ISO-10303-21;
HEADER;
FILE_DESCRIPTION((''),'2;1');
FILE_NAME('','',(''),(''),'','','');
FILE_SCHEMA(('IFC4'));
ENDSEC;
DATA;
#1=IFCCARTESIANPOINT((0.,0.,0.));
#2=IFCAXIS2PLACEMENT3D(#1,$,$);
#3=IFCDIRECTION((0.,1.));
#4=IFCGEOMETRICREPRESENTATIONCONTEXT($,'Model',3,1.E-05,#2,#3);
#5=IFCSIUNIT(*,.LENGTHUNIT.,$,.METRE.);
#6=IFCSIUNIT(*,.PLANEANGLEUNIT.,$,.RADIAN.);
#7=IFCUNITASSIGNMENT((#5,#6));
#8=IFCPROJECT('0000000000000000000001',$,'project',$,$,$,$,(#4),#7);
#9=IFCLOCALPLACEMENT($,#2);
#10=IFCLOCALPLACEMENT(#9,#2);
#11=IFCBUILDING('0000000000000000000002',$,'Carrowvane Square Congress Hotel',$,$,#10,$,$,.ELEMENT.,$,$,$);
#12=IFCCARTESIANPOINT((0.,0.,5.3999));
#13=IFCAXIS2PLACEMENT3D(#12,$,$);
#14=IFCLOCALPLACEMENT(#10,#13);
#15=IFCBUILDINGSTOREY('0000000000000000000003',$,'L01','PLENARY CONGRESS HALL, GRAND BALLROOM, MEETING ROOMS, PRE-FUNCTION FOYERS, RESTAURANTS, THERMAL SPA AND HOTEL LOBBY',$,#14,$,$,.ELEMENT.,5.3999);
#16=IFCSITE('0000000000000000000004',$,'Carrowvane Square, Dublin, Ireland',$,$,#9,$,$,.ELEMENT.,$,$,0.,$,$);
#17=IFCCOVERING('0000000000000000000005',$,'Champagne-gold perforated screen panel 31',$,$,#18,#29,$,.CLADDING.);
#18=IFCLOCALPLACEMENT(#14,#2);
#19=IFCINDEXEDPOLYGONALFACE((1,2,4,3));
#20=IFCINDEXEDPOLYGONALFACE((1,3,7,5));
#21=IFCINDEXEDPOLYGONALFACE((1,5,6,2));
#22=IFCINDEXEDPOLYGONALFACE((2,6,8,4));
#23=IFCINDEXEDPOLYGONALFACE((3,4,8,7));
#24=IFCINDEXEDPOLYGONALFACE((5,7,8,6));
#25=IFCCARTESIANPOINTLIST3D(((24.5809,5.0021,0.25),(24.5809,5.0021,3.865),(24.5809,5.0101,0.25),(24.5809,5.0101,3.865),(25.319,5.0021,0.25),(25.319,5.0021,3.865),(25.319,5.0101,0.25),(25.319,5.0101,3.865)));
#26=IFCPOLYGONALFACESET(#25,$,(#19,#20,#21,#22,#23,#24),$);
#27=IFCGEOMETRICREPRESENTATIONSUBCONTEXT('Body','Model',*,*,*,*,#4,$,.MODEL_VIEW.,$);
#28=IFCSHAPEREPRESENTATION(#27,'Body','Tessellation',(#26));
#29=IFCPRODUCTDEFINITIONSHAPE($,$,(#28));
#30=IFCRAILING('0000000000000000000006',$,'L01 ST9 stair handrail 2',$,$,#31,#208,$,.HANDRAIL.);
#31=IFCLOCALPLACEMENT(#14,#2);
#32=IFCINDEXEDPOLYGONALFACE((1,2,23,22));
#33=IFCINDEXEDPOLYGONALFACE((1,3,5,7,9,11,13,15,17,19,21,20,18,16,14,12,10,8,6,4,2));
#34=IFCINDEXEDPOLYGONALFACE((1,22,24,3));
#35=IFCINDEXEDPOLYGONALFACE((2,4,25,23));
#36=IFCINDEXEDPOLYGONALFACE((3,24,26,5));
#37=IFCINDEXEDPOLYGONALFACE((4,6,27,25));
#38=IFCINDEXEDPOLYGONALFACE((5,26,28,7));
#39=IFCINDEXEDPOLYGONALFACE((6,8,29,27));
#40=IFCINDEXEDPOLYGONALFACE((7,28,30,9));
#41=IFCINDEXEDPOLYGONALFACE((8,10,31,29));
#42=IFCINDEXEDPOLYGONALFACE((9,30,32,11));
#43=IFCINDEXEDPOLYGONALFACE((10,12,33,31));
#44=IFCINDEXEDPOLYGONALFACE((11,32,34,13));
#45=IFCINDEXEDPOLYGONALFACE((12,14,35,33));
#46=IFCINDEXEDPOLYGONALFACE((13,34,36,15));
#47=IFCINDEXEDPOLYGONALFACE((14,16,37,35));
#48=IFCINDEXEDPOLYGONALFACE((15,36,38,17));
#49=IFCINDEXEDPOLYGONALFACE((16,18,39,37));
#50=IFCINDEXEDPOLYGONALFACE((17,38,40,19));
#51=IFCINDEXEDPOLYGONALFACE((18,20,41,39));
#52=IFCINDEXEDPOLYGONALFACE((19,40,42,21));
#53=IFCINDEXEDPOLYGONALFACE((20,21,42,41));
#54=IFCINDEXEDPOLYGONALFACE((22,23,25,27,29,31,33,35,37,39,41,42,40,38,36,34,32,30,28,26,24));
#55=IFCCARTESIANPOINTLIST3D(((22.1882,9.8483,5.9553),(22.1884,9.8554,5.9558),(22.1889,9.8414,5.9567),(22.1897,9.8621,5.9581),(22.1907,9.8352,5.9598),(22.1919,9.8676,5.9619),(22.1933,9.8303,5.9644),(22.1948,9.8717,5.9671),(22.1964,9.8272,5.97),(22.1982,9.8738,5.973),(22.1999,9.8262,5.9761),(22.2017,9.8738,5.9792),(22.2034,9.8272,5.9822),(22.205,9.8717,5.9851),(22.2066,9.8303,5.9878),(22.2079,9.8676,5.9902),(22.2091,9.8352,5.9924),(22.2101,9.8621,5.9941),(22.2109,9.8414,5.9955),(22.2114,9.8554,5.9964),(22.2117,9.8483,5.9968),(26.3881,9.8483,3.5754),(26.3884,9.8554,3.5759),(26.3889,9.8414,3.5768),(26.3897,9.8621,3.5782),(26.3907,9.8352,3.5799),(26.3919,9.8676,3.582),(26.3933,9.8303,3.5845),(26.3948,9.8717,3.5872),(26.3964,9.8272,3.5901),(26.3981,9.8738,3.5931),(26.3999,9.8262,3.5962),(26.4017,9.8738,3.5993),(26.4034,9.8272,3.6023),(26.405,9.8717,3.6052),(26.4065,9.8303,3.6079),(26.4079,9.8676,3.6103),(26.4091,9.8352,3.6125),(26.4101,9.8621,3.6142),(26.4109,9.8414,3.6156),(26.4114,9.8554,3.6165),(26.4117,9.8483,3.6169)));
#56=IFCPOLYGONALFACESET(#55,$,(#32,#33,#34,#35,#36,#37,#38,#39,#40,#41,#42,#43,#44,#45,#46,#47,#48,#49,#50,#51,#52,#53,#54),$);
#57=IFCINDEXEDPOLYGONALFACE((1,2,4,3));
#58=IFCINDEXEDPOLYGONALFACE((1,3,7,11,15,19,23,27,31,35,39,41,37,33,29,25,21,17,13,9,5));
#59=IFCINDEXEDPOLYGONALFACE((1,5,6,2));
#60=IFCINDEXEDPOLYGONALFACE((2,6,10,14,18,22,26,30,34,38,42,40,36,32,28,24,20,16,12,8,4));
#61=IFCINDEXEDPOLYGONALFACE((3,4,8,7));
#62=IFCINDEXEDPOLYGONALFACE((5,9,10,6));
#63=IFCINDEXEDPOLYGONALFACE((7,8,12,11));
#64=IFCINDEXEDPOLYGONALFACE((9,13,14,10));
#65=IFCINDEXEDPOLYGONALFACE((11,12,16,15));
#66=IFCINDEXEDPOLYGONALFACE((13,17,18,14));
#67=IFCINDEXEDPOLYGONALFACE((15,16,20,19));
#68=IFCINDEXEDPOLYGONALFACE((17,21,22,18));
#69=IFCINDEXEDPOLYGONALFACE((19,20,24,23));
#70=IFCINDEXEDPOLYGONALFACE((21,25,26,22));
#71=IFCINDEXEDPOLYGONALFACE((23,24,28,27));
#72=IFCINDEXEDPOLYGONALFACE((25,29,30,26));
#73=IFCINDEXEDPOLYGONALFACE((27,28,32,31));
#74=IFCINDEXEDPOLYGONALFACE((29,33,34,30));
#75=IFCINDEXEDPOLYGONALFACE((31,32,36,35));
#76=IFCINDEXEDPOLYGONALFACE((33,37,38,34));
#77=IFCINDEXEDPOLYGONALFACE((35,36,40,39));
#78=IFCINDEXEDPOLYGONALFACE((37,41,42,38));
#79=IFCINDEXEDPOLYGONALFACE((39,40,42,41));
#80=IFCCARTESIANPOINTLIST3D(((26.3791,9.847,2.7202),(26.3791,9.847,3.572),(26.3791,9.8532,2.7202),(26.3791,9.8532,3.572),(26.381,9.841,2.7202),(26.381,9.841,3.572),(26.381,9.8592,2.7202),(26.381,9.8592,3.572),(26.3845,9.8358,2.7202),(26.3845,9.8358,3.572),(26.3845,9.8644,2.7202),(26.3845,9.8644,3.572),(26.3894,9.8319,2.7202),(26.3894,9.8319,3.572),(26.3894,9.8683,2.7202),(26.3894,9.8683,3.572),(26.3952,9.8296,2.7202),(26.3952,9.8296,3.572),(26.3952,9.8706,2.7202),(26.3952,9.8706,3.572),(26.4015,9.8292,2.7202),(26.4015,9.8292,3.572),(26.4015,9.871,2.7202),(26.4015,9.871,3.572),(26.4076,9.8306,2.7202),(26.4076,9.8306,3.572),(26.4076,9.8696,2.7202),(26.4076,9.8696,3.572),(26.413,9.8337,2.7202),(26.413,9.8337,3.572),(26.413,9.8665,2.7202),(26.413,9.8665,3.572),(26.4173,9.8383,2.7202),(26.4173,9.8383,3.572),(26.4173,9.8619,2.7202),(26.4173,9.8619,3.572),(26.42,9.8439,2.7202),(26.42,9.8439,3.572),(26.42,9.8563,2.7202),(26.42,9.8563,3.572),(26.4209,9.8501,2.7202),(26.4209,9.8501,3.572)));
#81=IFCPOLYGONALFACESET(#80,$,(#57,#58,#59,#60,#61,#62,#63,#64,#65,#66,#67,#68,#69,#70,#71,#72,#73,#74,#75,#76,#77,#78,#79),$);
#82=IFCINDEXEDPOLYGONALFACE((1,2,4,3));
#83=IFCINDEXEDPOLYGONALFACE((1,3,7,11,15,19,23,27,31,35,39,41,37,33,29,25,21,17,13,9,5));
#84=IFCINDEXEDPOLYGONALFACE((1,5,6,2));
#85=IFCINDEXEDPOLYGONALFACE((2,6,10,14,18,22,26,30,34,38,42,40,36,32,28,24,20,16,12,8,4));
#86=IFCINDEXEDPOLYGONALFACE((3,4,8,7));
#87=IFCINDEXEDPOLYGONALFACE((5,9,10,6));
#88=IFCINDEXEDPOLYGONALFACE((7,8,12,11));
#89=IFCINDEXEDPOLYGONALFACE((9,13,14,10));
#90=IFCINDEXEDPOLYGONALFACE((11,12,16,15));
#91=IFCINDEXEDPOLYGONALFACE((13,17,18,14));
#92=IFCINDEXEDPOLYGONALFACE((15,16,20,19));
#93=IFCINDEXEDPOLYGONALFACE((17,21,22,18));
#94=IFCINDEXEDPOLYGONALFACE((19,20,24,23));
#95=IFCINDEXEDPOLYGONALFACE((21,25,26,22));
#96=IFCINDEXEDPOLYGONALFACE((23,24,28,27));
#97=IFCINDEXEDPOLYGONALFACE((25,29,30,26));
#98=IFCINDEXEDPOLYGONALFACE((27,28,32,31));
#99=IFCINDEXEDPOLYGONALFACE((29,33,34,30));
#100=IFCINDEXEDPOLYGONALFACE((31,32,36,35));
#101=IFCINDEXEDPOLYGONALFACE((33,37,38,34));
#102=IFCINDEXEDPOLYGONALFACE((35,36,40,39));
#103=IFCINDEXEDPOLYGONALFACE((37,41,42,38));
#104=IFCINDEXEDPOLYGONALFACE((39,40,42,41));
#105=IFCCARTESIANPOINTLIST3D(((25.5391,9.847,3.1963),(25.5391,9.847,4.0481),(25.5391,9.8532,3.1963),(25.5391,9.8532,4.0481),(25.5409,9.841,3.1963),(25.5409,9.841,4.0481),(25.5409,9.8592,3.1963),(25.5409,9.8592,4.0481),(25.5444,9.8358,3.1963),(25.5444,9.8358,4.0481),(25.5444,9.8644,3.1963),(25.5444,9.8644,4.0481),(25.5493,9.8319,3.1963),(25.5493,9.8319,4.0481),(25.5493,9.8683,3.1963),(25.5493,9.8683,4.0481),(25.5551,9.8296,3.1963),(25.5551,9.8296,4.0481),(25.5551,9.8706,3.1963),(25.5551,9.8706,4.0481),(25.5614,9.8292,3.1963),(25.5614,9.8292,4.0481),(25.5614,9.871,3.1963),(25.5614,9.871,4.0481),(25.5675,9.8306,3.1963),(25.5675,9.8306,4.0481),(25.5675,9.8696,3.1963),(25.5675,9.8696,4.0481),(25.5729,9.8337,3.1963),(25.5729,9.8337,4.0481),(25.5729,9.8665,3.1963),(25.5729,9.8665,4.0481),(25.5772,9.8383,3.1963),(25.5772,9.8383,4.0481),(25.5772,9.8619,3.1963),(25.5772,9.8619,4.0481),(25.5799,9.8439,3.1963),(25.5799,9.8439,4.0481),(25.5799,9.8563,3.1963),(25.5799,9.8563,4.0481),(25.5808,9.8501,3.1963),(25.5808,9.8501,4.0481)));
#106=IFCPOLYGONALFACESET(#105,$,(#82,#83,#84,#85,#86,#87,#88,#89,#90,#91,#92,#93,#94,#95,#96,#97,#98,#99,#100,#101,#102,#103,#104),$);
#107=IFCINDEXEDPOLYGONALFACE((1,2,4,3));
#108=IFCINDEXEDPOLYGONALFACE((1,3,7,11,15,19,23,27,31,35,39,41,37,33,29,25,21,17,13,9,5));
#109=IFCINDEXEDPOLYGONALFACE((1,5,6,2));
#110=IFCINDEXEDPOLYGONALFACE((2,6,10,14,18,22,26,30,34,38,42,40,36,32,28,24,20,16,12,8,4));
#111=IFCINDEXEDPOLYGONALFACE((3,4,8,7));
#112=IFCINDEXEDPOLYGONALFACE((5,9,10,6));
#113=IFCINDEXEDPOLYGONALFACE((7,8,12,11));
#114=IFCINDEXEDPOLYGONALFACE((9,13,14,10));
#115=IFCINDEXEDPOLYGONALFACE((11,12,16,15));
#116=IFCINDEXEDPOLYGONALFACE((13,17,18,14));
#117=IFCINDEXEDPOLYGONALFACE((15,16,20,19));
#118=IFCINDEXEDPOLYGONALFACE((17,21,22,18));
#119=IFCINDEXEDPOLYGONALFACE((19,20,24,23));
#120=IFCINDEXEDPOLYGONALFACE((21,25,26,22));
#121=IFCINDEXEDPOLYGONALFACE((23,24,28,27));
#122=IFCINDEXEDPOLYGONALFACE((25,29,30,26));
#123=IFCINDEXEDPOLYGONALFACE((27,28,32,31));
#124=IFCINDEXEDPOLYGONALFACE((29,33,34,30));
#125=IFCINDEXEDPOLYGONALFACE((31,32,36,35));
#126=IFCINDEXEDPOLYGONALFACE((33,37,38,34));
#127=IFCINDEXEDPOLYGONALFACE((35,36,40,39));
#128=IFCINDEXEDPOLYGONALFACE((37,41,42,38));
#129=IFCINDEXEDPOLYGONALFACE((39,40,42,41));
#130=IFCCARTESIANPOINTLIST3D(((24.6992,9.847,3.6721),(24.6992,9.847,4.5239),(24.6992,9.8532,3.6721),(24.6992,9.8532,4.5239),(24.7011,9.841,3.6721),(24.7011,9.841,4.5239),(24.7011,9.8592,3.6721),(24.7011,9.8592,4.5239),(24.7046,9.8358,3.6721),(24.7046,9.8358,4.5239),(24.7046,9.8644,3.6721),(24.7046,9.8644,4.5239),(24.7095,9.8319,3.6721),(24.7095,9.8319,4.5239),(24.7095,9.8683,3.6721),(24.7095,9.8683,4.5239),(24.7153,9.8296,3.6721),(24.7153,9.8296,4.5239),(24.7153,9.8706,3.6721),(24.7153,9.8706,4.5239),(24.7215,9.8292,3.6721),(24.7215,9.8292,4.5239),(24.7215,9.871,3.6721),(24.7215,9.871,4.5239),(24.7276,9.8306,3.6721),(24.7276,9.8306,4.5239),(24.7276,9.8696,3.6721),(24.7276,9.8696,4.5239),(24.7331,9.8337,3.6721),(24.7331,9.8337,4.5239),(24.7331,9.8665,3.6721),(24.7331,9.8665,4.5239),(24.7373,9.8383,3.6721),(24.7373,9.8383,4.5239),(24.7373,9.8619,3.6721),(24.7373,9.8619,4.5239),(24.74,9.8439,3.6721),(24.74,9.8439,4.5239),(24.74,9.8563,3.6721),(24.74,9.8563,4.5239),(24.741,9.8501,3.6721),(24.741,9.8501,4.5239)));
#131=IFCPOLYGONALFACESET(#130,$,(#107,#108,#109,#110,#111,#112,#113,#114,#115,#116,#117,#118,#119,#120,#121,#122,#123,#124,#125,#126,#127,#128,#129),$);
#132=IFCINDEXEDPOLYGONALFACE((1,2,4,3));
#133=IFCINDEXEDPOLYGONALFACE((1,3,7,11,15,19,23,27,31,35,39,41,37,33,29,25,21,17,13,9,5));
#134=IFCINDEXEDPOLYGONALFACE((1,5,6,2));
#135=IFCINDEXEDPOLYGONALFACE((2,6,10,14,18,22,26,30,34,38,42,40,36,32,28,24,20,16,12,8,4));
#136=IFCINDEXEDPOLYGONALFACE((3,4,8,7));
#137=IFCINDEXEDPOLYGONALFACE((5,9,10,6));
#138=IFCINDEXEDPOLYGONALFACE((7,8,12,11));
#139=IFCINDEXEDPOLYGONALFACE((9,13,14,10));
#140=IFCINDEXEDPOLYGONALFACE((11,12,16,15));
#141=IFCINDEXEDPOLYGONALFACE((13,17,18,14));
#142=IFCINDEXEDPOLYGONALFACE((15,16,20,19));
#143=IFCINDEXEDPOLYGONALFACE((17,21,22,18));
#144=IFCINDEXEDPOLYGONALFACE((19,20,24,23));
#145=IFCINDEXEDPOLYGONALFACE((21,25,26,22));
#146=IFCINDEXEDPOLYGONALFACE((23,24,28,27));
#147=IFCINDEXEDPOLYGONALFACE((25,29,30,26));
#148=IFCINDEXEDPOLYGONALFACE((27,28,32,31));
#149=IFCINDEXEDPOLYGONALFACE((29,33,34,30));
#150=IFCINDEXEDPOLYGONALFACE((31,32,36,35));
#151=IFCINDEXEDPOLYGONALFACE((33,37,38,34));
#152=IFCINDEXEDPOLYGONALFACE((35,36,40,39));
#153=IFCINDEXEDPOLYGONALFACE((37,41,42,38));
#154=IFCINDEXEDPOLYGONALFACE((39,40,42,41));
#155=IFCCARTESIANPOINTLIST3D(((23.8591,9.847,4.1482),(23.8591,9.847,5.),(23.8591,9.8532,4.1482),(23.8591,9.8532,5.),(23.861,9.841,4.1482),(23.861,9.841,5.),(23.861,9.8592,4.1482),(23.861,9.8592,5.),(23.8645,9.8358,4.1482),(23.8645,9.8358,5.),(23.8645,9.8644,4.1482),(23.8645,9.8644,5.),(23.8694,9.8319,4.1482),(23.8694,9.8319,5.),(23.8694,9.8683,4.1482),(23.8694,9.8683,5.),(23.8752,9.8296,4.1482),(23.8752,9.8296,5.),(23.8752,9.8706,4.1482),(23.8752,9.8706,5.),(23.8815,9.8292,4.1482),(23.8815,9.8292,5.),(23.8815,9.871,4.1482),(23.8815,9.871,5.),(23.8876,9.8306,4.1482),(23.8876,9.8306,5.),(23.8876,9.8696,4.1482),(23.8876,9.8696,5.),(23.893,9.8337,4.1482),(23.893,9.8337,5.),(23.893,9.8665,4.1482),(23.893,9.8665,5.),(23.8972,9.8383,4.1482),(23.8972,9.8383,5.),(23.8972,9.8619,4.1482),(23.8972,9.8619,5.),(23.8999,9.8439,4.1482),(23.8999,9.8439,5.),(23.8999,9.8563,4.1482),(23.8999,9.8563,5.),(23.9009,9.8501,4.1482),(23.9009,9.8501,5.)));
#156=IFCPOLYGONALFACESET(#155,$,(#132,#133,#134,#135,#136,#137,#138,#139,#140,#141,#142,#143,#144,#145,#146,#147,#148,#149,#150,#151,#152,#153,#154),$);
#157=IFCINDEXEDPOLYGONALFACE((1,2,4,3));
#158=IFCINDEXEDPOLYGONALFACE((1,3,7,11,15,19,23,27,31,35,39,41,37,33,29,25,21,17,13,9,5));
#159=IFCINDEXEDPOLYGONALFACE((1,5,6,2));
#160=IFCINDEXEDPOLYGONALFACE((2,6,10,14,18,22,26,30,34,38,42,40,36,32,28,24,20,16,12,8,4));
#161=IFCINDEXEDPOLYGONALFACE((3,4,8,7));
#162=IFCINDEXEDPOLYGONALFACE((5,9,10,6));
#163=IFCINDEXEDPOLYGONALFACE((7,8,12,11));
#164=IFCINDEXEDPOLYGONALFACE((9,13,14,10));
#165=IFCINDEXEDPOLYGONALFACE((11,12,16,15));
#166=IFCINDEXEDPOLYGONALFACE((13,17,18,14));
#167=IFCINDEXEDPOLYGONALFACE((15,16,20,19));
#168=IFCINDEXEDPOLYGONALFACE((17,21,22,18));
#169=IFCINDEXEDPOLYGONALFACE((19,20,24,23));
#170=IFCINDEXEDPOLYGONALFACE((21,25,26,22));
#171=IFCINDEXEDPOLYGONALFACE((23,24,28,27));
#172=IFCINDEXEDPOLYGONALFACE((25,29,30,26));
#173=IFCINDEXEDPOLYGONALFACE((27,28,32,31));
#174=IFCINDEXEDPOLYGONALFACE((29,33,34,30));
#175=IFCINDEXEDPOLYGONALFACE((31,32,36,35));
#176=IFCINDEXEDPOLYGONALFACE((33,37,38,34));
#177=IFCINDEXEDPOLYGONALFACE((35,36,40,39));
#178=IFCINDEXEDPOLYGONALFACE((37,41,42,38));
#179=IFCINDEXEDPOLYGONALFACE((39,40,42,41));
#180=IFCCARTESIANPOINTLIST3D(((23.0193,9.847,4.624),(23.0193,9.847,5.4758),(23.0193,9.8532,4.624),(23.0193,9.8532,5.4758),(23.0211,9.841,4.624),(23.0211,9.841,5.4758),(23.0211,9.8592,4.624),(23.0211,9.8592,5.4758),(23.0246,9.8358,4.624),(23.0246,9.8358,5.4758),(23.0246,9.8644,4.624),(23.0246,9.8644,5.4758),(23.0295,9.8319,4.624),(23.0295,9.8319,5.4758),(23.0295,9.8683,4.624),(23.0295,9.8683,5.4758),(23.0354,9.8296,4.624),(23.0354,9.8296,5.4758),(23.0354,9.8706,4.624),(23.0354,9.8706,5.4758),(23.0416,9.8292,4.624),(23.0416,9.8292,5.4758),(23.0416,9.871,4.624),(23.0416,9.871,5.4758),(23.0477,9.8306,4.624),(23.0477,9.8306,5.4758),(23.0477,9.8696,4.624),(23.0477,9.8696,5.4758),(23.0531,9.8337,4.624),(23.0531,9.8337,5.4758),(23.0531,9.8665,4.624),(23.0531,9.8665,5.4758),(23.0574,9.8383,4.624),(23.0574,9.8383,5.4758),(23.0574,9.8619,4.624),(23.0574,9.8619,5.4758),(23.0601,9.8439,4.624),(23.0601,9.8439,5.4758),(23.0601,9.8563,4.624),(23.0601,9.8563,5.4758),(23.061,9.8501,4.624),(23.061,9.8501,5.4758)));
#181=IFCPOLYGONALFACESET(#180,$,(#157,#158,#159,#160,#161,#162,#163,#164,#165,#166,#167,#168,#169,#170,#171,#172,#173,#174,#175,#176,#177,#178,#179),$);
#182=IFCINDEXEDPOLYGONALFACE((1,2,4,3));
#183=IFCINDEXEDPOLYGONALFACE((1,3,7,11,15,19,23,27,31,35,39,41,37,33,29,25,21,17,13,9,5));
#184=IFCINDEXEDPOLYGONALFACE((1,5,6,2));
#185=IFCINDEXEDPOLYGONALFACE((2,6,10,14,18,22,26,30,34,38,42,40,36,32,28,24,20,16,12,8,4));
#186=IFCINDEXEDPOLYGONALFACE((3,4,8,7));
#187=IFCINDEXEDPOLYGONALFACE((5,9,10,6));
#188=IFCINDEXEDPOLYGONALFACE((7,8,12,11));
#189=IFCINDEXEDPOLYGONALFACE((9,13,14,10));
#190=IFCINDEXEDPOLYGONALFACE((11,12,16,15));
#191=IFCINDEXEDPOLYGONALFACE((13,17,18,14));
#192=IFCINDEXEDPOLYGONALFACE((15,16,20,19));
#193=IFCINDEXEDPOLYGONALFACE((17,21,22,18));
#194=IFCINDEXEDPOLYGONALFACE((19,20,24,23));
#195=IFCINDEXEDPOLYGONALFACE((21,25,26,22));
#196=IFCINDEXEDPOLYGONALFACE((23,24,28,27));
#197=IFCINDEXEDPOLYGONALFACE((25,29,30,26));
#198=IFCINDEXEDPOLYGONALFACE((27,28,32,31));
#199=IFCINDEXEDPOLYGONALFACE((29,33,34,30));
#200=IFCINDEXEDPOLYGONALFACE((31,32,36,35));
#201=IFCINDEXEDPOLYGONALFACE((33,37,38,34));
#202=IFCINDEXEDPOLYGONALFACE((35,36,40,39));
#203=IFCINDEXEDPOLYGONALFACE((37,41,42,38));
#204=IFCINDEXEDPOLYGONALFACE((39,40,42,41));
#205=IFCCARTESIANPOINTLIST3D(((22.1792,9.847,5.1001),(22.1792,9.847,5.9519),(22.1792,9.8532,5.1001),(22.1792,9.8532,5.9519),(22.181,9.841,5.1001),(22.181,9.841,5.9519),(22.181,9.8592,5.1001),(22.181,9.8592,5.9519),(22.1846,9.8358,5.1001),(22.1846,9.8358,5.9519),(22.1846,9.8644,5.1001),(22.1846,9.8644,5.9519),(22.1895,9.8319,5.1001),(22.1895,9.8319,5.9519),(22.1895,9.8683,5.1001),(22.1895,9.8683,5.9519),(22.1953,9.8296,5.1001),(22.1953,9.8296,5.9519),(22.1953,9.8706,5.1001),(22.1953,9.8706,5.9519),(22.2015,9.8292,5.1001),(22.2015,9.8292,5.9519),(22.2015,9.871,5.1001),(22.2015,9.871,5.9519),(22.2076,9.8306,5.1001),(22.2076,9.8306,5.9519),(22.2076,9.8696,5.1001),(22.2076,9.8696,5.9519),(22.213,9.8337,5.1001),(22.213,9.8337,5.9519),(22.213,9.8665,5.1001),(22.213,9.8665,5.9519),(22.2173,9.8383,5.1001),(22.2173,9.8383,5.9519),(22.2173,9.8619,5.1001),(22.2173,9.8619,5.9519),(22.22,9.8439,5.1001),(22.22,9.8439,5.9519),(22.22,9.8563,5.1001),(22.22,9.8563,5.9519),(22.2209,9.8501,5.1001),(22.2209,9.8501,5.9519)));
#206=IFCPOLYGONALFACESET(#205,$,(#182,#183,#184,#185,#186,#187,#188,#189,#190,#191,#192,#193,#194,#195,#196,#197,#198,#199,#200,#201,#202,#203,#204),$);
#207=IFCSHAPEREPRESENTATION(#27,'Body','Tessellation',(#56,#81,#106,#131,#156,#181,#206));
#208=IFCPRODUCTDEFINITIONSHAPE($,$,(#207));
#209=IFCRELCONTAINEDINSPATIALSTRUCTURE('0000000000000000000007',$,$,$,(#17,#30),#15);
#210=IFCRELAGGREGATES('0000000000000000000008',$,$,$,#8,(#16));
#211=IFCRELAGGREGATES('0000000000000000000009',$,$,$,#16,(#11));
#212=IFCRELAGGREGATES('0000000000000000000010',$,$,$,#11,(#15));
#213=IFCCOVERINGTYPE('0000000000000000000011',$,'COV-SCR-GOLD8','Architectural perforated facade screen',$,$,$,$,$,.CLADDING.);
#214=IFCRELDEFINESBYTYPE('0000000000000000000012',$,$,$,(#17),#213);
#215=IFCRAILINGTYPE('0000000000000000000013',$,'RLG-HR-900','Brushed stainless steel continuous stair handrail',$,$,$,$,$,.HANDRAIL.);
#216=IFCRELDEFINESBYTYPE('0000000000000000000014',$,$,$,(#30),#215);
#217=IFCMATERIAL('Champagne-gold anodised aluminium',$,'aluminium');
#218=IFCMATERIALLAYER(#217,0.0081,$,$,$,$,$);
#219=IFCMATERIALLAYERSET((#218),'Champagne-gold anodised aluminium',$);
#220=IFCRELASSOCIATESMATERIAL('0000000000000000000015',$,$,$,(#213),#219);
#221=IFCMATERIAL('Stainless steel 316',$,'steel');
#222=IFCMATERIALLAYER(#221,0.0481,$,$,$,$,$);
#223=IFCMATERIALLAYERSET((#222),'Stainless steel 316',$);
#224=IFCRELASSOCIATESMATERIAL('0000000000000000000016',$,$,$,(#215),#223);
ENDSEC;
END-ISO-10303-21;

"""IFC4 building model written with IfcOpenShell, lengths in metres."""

from ifc_helpers import new_model, si_unit, direction, frame, origin, origin_2d, place, context, subcontext, project, spatial, rectangle, circle, extrude, material, layer, layer_set, type_object, element, save


model = new_model("IFC4")

# Units and contexts
model_context = context("Model", 3, precision=1e-05, world=origin(), true_north=direction((0.0, 1.0)))
body_context = subcontext(model_context, "Body", "Model", "MODEL_VIEW")
ifc_project = project(units=[si_unit("LENGTHUNIT", "METRE"), si_unit("PLANEANGLEUNIT", "RADIAN")], contexts=[model_context])

# Site, building, storey
site_placement = place(None, origin())
site = spatial("IfcSite", under=ifc_project, at=site_placement, Name="Carrowvane Square, Dublin, Ireland", CompositionType="ELEMENT", RefElevation=0.0)
building_placement = place(site_placement, origin())
building = spatial("IfcBuilding", under=site, at=building_placement, Name="Carrowvane Square Congress Hotel", CompositionType="ELEMENT")
storey_placement = place(building_placement, frame((0.0, 0.0, 5.3999)))
storey = spatial("IfcBuildingStorey", under=building, at=storey_placement, Name="L01", Description="PLENARY CONGRESS HALL, GRAND BALLROOM, MEETING ROOMS, PRE-FUNCTION FOYERS, RESTAURANTS, THERMAL SPA AND HOTEL LOBBY", CompositionType="ELEMENT", Elevation=5.3999)

# Covering
ifc_material_1 = material(Name="Champagne-gold anodised aluminium", Category="aluminium")
ifc_layer_1 = layer(ifc_material_1, 0.0081)
ifc_layer_set_1 = layer_set([ifc_layer_1], Name="Champagne-gold anodised aluminium")
covering_type = type_object("IfcCoveringType", Name="COV-SCR-GOLD8", Description="Architectural perforated facade screen", PredefinedType="CLADDING", material=ifc_layer_set_1)
for number, where, z_axis, x_axis, name in (
    (1, (24.95, 5.0061, 0.25), (0.0, 0.0, 1.0), (-1.0, 0.0, 0.0), "Champagne-gold perforated screen panel 31"),
):
    element("IfcCovering", number, at=place(storey_placement, frame(where, z_axis=z_axis, x_axis=x_axis)), inside=storey, type_object=covering_type, Name=name, PredefinedType="CLADDING", context=body_context, shape_type="SweptSolid", body=[
        extrude(rectangle(XDim=0.738, YDim=0.0081, at=origin_2d()), origin(), (0.0, 0.0, 1.0), 3.615),
    ])

# Railing
ifc_material_2 = material(Name="Stainless steel 316", Category="steel")
ifc_layer_2 = layer(ifc_material_2, 0.0481)
ifc_layer_set_2 = layer_set([ifc_layer_2], Name="Stainless steel 316")
railing_type_1 = type_object("IfcRailingType", Name="RLG-HR-900", Description="Brushed stainless steel continuous stair handrail", PredefinedType="HANDRAIL", material=ifc_layer_set_2)
railing_1_placement = place(storey_placement, frame((26.3999, 9.8501, 2.7202)))
element("IfcRailing", 2, at=railing_1_placement, inside=storey, type_object=railing_type_1, Name="L01 ST9 stair handrail 2", PredefinedType="HANDRAIL", context=body_context, shape_type="SweptSolid", body=[
    extrude(circle(Radius=0.0239, at=origin_2d()), frame((0.0, 0.0, 0.876), z_axis=(-0.87003, 0.0, 0.492999), x_axis=(0.0, -1.0, 0.0)), (0.0, 0.0, 1.0), 4.8274),
    extrude(circle(Radius=0.021, at=origin_2d()), origin(), (0.0, 0.0, 1.0), 0.8518),
    extrude(circle(Radius=0.021, at=origin_2d()), frame((-0.8401, 0.0, 0.4761)), (0.0, 0.0, 1.0), 0.8518),
    extrude(circle(Radius=0.021, at=origin_2d()), frame((-1.6799, 0.0, 0.9519)), (0.0, 0.0, 1.0), 0.8518),
    extrude(circle(Radius=0.021, at=origin_2d()), frame((-2.52, 0.0, 1.428)), (0.0, 0.0, 1.0), 0.8518),
    extrude(circle(Radius=0.021, at=origin_2d()), frame((-3.3599, 0.0, 1.9038)), (0.0, 0.0, 1.0), 0.8518),
    extrude(circle(Radius=0.021, at=origin_2d()), frame((-4.2, 0.0, 2.3799)), (0.0, 0.0, 1.0), 0.8518),
])

save(model, "model.ifc")
